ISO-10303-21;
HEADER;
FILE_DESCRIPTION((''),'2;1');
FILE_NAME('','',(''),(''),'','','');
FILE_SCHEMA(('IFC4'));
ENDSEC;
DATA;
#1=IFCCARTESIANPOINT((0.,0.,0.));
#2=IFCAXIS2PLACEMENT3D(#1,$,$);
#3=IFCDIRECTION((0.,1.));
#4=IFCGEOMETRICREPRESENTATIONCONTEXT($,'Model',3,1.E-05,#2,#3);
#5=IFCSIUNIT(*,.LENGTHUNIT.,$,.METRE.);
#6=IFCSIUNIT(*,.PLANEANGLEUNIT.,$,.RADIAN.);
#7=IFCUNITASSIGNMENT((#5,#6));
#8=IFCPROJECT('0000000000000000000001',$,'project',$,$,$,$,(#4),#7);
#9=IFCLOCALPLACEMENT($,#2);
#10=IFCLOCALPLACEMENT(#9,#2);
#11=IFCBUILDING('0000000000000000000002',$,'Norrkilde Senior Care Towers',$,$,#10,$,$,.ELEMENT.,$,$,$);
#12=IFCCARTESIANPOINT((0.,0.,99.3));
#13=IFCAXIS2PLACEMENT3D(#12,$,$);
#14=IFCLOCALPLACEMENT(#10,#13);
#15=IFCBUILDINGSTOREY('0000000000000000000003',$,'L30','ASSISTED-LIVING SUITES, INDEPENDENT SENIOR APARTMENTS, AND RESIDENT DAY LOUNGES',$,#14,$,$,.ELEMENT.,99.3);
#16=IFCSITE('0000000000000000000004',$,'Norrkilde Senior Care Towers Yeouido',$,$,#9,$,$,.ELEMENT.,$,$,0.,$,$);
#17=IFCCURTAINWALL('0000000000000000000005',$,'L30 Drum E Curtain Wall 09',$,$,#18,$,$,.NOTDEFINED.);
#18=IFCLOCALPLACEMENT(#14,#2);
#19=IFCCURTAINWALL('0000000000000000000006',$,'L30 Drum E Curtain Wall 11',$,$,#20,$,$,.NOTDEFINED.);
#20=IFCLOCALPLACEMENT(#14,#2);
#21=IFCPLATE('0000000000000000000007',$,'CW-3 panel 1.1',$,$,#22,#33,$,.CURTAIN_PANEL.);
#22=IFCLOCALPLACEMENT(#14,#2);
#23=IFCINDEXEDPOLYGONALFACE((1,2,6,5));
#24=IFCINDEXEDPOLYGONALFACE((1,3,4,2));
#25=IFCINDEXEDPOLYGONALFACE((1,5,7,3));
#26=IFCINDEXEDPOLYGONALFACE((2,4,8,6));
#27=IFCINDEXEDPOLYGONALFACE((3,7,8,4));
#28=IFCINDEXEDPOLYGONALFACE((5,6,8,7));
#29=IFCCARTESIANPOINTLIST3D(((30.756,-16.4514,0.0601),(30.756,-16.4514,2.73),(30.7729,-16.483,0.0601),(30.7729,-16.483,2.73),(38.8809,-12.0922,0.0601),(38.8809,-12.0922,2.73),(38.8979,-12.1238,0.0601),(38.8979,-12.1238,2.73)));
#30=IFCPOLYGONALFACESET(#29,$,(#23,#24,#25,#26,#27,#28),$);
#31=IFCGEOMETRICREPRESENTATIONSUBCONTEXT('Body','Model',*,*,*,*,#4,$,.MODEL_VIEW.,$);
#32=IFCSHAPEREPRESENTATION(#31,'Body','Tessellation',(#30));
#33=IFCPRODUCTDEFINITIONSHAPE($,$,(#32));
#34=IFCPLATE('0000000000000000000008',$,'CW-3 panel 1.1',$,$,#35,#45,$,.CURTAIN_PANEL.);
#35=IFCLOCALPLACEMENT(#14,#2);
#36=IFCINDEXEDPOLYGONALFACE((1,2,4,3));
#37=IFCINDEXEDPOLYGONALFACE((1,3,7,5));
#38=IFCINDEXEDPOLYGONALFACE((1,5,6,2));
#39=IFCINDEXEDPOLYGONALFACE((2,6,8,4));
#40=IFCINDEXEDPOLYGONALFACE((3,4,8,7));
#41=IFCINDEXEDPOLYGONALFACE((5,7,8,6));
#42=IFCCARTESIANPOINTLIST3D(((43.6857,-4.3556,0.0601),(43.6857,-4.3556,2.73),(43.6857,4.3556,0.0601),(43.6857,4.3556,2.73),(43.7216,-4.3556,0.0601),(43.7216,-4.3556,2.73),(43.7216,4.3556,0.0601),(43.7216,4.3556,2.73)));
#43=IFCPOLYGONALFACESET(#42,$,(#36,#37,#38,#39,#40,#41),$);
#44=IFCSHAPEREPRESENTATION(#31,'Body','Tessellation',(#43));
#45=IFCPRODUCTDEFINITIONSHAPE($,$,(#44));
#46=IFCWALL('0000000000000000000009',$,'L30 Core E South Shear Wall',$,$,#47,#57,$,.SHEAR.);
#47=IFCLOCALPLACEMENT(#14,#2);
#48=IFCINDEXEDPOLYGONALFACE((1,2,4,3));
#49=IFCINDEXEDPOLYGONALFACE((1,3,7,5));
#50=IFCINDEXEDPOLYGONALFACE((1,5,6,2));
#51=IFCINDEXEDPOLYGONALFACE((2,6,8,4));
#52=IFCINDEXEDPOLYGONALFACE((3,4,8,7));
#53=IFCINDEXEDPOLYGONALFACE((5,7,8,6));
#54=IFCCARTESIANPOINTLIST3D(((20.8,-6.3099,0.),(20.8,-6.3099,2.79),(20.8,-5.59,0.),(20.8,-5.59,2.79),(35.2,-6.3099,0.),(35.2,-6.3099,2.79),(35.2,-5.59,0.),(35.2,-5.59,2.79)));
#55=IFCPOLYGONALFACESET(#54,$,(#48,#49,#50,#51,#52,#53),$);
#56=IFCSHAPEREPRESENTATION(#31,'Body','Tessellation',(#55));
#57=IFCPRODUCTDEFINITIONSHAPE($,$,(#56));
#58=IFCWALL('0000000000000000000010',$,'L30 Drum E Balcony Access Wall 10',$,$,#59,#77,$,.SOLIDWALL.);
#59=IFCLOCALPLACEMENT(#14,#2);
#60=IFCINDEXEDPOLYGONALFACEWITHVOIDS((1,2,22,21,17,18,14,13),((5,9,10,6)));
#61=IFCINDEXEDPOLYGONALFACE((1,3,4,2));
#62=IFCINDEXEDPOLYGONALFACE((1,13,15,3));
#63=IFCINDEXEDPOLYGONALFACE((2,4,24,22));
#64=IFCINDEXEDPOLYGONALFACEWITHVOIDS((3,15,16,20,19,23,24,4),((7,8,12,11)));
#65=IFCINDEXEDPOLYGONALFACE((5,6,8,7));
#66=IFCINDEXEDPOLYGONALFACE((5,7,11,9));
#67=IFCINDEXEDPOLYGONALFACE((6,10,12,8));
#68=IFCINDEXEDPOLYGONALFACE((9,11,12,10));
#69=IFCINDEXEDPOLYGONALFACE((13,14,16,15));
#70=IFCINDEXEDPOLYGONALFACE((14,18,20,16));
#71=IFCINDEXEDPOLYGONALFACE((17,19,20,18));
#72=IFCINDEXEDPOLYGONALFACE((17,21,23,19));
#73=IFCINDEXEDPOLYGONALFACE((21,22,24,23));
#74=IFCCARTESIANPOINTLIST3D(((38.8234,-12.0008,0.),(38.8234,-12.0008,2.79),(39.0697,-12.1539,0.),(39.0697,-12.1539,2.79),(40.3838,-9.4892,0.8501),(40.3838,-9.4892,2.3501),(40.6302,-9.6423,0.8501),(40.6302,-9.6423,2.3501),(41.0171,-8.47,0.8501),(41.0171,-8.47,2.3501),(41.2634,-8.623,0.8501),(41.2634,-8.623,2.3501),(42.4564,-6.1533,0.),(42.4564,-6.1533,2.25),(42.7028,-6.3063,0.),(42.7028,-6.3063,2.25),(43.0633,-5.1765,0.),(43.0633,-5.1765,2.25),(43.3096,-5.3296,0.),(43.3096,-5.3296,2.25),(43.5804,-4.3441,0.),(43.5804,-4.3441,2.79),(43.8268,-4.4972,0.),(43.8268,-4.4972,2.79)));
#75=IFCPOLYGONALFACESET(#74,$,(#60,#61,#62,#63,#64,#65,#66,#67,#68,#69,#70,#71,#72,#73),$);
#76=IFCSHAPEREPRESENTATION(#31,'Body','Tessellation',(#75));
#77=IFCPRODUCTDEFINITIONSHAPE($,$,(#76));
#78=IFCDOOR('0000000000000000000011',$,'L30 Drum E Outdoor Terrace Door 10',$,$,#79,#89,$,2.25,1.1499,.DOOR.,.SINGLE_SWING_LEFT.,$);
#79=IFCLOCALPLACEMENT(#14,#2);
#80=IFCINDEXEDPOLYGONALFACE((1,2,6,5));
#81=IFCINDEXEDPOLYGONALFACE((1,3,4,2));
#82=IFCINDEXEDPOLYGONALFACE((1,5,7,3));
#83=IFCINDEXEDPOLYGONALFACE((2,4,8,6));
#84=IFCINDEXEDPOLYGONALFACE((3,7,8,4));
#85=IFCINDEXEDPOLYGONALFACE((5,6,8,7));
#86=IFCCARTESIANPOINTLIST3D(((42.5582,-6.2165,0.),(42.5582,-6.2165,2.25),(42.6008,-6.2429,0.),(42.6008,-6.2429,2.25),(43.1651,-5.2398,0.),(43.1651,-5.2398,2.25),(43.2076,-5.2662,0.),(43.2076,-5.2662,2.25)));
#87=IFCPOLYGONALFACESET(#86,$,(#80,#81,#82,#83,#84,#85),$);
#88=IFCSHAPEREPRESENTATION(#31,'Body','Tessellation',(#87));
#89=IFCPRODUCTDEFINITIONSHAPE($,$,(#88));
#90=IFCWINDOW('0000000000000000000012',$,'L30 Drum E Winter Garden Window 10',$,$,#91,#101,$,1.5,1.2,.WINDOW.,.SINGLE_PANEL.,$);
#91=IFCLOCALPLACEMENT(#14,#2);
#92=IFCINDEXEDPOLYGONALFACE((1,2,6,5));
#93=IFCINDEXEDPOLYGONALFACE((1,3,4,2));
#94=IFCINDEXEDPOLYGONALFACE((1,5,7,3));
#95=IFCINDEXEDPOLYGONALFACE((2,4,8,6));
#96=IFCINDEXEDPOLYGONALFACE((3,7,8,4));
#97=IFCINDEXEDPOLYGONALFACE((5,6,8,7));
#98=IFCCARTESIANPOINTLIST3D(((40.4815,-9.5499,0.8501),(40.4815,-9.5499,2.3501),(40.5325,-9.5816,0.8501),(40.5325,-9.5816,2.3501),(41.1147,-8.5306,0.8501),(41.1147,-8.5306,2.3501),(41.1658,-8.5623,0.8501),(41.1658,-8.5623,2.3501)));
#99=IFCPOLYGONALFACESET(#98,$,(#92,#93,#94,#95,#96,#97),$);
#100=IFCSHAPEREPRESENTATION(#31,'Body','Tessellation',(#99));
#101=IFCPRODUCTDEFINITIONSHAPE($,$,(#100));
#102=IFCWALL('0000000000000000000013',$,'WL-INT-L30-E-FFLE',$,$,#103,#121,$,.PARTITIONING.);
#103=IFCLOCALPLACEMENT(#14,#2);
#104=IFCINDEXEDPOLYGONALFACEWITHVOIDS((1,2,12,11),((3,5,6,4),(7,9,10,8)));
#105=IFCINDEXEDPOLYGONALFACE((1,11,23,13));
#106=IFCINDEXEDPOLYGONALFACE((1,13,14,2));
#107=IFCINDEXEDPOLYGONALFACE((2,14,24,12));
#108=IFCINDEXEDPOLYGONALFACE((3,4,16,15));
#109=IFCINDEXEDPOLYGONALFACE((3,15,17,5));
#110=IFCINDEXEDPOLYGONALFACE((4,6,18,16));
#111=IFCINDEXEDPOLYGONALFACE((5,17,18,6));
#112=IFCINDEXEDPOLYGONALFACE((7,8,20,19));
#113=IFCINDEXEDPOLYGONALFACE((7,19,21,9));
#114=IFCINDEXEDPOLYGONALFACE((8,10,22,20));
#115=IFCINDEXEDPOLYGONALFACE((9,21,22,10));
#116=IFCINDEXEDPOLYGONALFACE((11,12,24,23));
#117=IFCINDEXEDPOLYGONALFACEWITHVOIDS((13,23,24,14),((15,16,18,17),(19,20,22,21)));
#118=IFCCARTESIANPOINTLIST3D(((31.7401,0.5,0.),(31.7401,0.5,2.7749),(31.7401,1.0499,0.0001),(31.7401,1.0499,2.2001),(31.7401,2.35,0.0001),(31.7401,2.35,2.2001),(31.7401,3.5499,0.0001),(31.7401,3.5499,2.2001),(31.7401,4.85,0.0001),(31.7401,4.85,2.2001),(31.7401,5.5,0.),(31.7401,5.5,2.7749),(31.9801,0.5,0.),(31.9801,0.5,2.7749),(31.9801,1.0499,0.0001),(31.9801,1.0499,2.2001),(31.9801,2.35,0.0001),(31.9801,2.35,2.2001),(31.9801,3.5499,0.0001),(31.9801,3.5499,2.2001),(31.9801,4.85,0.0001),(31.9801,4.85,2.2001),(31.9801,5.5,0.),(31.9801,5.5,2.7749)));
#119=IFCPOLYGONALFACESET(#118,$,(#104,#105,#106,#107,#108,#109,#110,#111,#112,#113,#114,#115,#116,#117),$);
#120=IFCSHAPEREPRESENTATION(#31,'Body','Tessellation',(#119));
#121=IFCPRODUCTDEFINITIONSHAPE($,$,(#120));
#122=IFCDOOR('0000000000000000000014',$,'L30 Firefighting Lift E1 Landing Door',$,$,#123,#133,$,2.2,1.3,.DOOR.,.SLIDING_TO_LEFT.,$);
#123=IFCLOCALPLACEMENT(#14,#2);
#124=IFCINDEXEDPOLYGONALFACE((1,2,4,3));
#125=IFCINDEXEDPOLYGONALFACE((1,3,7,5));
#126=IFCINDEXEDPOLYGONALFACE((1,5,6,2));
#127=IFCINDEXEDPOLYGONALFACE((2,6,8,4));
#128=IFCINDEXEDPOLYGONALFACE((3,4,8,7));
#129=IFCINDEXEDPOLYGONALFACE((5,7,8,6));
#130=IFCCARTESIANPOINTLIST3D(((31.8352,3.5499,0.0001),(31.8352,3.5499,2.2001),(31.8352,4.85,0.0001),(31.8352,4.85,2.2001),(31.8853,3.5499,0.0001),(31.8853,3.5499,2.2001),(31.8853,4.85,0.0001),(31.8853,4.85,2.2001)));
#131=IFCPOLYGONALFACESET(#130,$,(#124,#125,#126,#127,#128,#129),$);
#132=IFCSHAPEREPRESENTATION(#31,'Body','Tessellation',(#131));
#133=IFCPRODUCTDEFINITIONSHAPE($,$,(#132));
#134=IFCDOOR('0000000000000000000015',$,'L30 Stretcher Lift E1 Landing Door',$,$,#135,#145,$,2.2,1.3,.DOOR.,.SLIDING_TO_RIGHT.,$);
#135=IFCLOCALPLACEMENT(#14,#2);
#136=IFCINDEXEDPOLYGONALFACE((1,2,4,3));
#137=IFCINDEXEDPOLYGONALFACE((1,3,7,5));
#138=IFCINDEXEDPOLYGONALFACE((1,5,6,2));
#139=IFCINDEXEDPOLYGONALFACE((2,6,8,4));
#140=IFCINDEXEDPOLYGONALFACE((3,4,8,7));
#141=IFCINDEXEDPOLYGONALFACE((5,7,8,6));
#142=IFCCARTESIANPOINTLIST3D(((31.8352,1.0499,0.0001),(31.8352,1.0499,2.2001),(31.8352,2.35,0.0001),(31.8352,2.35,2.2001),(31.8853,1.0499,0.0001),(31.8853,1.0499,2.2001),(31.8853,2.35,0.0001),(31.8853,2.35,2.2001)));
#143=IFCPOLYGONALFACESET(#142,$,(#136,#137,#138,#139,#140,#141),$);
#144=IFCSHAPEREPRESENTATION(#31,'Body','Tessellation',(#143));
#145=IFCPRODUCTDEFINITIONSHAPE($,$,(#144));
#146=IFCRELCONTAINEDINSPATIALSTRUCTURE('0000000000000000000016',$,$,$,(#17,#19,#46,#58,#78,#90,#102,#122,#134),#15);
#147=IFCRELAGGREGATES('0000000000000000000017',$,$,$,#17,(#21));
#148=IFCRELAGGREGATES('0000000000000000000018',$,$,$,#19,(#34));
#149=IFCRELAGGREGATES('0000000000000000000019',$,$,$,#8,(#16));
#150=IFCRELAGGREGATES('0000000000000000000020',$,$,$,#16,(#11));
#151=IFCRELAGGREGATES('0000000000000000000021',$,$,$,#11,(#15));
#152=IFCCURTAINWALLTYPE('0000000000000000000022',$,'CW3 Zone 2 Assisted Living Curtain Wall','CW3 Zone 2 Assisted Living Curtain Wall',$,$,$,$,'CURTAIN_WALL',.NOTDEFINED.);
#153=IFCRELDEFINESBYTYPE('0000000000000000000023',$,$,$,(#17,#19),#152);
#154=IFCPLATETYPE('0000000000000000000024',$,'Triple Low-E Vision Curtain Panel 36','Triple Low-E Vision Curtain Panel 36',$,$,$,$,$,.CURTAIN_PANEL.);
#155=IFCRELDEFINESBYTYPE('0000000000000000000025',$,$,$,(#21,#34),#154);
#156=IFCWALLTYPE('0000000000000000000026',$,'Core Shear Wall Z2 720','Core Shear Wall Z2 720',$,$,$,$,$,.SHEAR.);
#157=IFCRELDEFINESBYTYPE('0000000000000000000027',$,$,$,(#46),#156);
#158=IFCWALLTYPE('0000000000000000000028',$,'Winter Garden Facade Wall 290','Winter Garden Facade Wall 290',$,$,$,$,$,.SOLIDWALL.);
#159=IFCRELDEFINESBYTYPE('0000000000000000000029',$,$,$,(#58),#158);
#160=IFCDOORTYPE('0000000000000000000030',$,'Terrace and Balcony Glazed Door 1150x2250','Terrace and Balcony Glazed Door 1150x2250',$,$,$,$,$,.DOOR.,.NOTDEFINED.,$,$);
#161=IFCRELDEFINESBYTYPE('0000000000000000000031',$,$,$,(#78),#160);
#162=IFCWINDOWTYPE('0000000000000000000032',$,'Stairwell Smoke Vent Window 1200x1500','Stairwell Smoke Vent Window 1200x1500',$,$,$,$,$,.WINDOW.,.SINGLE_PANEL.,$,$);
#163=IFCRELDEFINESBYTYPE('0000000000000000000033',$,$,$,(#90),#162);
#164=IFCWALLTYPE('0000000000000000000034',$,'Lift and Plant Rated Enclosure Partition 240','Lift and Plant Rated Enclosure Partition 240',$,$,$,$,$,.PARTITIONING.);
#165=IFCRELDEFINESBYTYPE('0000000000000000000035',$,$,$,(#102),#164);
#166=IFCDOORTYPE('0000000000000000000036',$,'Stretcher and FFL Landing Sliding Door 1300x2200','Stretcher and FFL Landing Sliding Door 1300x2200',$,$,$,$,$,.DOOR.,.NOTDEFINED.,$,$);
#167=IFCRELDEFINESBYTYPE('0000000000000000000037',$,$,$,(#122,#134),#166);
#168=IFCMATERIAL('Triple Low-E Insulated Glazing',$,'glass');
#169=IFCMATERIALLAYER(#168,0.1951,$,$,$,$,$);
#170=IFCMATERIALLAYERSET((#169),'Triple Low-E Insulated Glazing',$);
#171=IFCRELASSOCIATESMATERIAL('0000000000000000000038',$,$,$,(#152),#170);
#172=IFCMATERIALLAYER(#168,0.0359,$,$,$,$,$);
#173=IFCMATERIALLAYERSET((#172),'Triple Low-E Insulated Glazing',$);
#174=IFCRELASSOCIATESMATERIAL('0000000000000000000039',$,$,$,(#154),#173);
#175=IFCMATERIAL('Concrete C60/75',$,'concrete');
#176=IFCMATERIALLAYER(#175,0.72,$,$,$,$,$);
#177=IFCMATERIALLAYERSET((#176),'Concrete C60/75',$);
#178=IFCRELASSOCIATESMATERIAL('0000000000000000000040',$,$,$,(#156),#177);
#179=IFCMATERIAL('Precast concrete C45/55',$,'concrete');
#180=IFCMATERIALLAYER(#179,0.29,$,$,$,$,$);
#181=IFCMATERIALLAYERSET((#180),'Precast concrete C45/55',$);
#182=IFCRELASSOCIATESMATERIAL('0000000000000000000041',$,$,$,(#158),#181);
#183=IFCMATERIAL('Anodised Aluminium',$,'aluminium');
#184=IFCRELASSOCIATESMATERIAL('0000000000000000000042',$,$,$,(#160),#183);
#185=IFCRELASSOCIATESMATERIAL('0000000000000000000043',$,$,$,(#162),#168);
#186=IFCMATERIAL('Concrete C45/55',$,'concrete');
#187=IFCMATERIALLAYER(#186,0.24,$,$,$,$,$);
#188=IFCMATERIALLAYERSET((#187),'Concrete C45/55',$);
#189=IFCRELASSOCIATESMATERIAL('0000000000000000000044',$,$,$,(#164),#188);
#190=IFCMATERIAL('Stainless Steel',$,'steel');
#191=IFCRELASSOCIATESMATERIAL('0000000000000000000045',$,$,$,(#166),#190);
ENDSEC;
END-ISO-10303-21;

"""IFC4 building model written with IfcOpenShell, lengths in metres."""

from ifc_helpers import new_model, si_unit, direction, frame, frame_2d, origin, origin_2d, place, context, subcontext, project, spatial, rectangle, extrude, source, transform, mapped, material, layer, layer_set, type_object, type_shapes, element, fill, aggregate, save


model = new_model("IFC4")

# Units and contexts
model_context = context("Model", 3, precision=1e-05, world=origin(), true_north=direction((0.0, 1.0)))
body_context = subcontext(model_context, "Body", "Model", "MODEL_VIEW")
ifc_project = project(units=[si_unit("LENGTHUNIT", "METRE"), si_unit("PLANEANGLEUNIT", "RADIAN")], contexts=[model_context])

# Site, building, storey
site_placement = place(None, origin())
site = spatial("IfcSite", under=ifc_project, at=site_placement, Name="Norrkilde Senior Care Towers Yeouido", CompositionType="ELEMENT", RefElevation=0.0)
building_placement = place(site_placement, origin())
building = spatial("IfcBuilding", under=site, at=building_placement, Name="Norrkilde Senior Care Towers", CompositionType="ELEMENT")
storey_placement = place(building_placement, frame((0.0, 0.0, 99.3)))
storey = spatial("IfcBuildingStorey", under=building, at=storey_placement, Name="L30", Description="ASSISTED-LIVING SUITES, INDEPENDENT SENIOR APARTMENTS, AND RESIDENT DAY LOUNGES", CompositionType="ELEMENT", Elevation=99.3)

# Shared definitions
ifc_material_1 = material(Name="Concrete C60/75", Category="concrete")

# Shared definitions
ifc_material_2 = material(Name="Triple Low-E Insulated Glazing", Category="glass")
ifc_layer_1 = layer(ifc_material_2, 0.1951)
ifc_layer_set_1 = layer_set([ifc_layer_1], Name="Triple Low-E Insulated Glazing")
curtain_wall_type = type_object("IfcCurtainWallType", Name="CW3 Zone 2 Assisted Living Curtain Wall", Description="CW3 Zone 2 Assisted Living Curtain Wall", ElementType="CURTAIN_WALL", PredefinedType="NOTDEFINED", material=ifc_layer_set_1)
ifc_material_3 = material(Name="Anodised Aluminium", Category="aluminium")

# Curtain wall
curtain_wall_1_placement = place(storey_placement, origin())
curtain_wall_1 = element("IfcCurtainWall", 1, at=curtain_wall_1_placement, inside=storey, type_object=curtain_wall_type, Name="L30 Drum E Curtain Wall 09", PredefinedType="NOTDEFINED")

# Curtain wall
curtain_wall_2_placement = place(storey_placement, origin())
curtain_wall_2 = element("IfcCurtainWall", 2, at=curtain_wall_2_placement, inside=storey, type_object=curtain_wall_type, Name="L30 Drum E Curtain Wall 11", PredefinedType="NOTDEFINED")

# Plates
ifc_layer_2 = layer(ifc_material_2, 0.0359)
ifc_layer_set_2 = layer_set([ifc_layer_2], Name="Triple Low-E Insulated Glazing")
plate_type = type_object("IfcPlateType", Name="Triple Low-E Vision Curtain Panel 36", Description="Triple Low-E Vision Curtain Panel 36", PredefinedType="CURTAIN_PANEL", material=ifc_layer_set_2)
shared_shape_1 = source(origin(), body_context, "Body", "SweptSolid", [
    extrude(rectangle(XDim=9.2205, YDim=0.0359, at=origin_2d()), origin(), (0.0, 0.0, 1.0), 2.6699),
])
plate_1_placement = place(storey_placement, frame((34.8269, -14.2876, 0.0601), z_axis=(0.0, 0.0, 1.0), x_axis=(-0.881186, -0.472769, 0.0)))
plate_1 = element("IfcPlate", 3, at=plate_1_placement, type_object=plate_type, Name="CW-3 panel 1.1", PredefinedType="CURTAIN_PANEL", context=body_context, shape_type="MappedRepresentation", body=[
    mapped(shared_shape_1, transform((0.0, 0.0, 0.0), x_axis=(1.0, 0.0, 0.0), y_axis=(0.0, 1.0, 0.0), z_axis=(0.0, 0.0, 1.0), scale=1.0)),
])
aggregate(curtain_wall_1, [plate_1])
shared_shape_2 = source(origin(), body_context, "Body", "SweptSolid", [
    extrude(rectangle(XDim=8.7112, YDim=0.0359, at=origin_2d()), origin(), (0.0, 0.0, 1.0), 2.6699),
])
type_shapes(plate_type, [shared_shape_1, shared_shape_2])
plate_2_placement = place(storey_placement, frame((43.7036, 0.0, 0.0601), z_axis=(0.0, 0.0, 1.0), x_axis=(0.0, -1.0, 0.0)))
plate_2 = element("IfcPlate", 4, at=plate_2_placement, type_object=plate_type, Name="CW-3 panel 1.1", PredefinedType="CURTAIN_PANEL", context=body_context, shape_type="MappedRepresentation", body=[
    mapped(shared_shape_2, transform((0.0, 0.0, 0.0), x_axis=(1.0, 0.0, 0.0), y_axis=(0.0, 1.0, 0.0), z_axis=(0.0, 0.0, 1.0), scale=1.0)),
])
aggregate(curtain_wall_2, [plate_2])

# Wall
ifc_layer_3 = layer(ifc_material_1, 0.72)
ifc_layer_set_3 = layer_set([ifc_layer_3], Name="Concrete C60/75")
wall_type_1 = type_object("IfcWallType", Name="Core Shear Wall Z2 720", Description="Core Shear Wall Z2 720", PredefinedType="SHEAR", material=ifc_layer_set_3)
shared_shape_3 = source(origin(), body_context, "Body", "SweptSolid", [
    extrude(rectangle(XDim=14.3999, YDim=0.72, at=frame_2d((7.2, 0.0))), origin(), (0.0, 0.0, 1.0), 2.79),
])
type_shapes(wall_type_1, [shared_shape_3])
wall_1_placement = place(storey_placement, frame((35.2, -5.95, 0.0), z_axis=(0.0, 0.0, 1.0), x_axis=(-1.0, 0.0, 0.0)))
element("IfcWall", 5, at=wall_1_placement, inside=storey, type_object=wall_type_1, Name="L30 Core E South Shear Wall", PredefinedType="SHEAR", context=body_context, shape_type="MappedRepresentation", body=[
    mapped(shared_shape_3, transform((0.0, 0.0, 0.0), x_axis=(1.0, 0.0, 0.0), y_axis=(0.0, 1.0, 0.0), z_axis=(0.0, 0.0, 1.0), scale=1.0)),
])

# Wall, openings, door, window
ifc_material_4 = material(Name="Precast concrete C45/55", Category="concrete")
ifc_layer_4 = layer(ifc_material_4, 0.29)
ifc_layer_set_4 = layer_set([ifc_layer_4], Name="Precast concrete C45/55")
wall_type_2 = type_object("IfcWallType", Name="Winter Garden Facade Wall 290", Description="Winter Garden Facade Wall 290", PredefinedType="SOLIDWALL", material=ifc_layer_set_4)
shared_shape_4 = source(origin(), body_context, "Body", "SweptSolid", [
    extrude(rectangle(XDim=9.0142, YDim=0.29, at=frame_2d((4.5071, 0.0))), origin(), (0.0, 0.0, 1.0), 2.79),
])
type_shapes(wall_type_2, [shared_shape_4])
wall_2_placement = place(storey_placement, frame((43.7036, -4.4207, 0.0), z_axis=(0.0, 0.0, 1.0), x_axis=(-0.527733, -0.84941, 0.0)))
wall_2 = element("IfcWall", 6, at=wall_2_placement, inside=storey, type_object=wall_type_2, Name="L30 Drum E Balcony Access Wall 10", PredefinedType="SOLIDWALL", context=body_context, shape_type="MappedRepresentation", body=[
    mapped(shared_shape_4, transform((0.0, 0.0, 0.0), x_axis=(1.0, 0.0, 0.0), y_axis=(0.0, 1.0, 0.0), z_axis=(0.0, 0.0, 1.0), scale=1.0)),
])
opening_1_placement = place(wall_2_placement, frame((0.98, 0.0, 0.0)))
opening_1 = element("IfcOpeningElement", 7, at=opening_1_placement, cuts=wall_2, PredefinedType="OPENING", context=body_context, shape_type="SweptSolid", body=[
    extrude(rectangle(XDim=1.1499, YDim=2.25, at=frame_2d((0.575, 1.125))), frame((0.0, 0.155, 0.0), z_axis=(0.0, -1.0, 0.0), x_axis=(1.0, 0.0, 0.0)), (0.0, 0.0, 1.0), 0.3101),
])
opening_2_placement = place(wall_2_placement, frame((4.8572, 0.0, 0.8501)))
opening_2 = element("IfcOpeningElement", 8, at=opening_2_placement, cuts=wall_2, PredefinedType="OPENING", context=body_context, shape_type="SweptSolid", body=[
    extrude(rectangle(XDim=1.2, YDim=1.5, at=frame_2d((0.6001, 0.75))), frame((0.0, 0.155, 0.0), z_axis=(0.0, -1.0, 0.0), x_axis=(1.0, 0.0, 0.0)), (0.0, 0.0, 1.0), 0.3101),
])
door_type_1 = type_object("IfcDoorType", Name="Terrace and Balcony Glazed Door 1150x2250", Description="Terrace and Balcony Glazed Door 1150x2250", OperationType="NOTDEFINED", PredefinedType="DOOR", material=ifc_material_3)
shared_shape_5 = source(origin(), body_context, "Body", "SweptSolid", [
    extrude(rectangle(XDim=1.1499, YDim=2.25, at=frame_2d((0.575, 1.125))), frame((0.0, 0.0249, 0.0), z_axis=(0.0, -1.0, 0.0), x_axis=(1.0, 0.0, 0.0)), (0.0, 0.0, 1.0), 0.05),
])
type_shapes(door_type_1, [shared_shape_5])
door_1_placement = place(opening_1_placement, origin())
door_1 = element("IfcDoor", 9, at=door_1_placement, inside=storey, type_object=door_type_1, Name="L30 Drum E Outdoor Terrace Door 10", OperationType="SINGLE_SWING_LEFT", OverallHeight=2.25, OverallWidth=1.1499, PredefinedType="DOOR", context=body_context, shape_type="MappedRepresentation", body=[
    mapped(shared_shape_5, transform((0.0, 0.0, 0.0), x_axis=(1.0, 0.0, 0.0), y_axis=(0.0, 1.0, 0.0), z_axis=(0.0, 0.0, 1.0), scale=1.0)),
])
fill(opening_1, door_1)
window_type = type_object("IfcWindowType", Name="Stairwell Smoke Vent Window 1200x1500", Description="Stairwell Smoke Vent Window 1200x1500", PartitioningType="SINGLE_PANEL", PredefinedType="WINDOW", material=ifc_material_2)
shared_shape_6 = source(origin(), body_context, "Body", "SweptSolid", [
    extrude(rectangle(XDim=1.2, YDim=1.5, at=frame_2d((0.6001, 0.75))), frame((0.0, 0.03, 0.0), z_axis=(0.0, -1.0, 0.0), x_axis=(1.0, 0.0, 0.0)), (0.0, 0.0, 1.0), 0.0601),
])
type_shapes(window_type, [shared_shape_6])
window_placement = place(opening_2_placement, origin())
window = element("IfcWindow", 10, at=window_placement, inside=storey, type_object=window_type, Name="L30 Drum E Winter Garden Window 10", OverallHeight=1.5, OverallWidth=1.2, PartitioningType="SINGLE_PANEL", PredefinedType="WINDOW", context=body_context, shape_type="MappedRepresentation", body=[
    mapped(shared_shape_6, transform((0.0, 0.0, 0.0), x_axis=(1.0, 0.0, 0.0), y_axis=(0.0, 1.0, 0.0), z_axis=(0.0, 0.0, 1.0), scale=1.0)),
])
fill(opening_2, window)

# Wall, openings, doors
ifc_material_5 = material(Name="Concrete C45/55", Category="concrete")
ifc_layer_5 = layer(ifc_material_5, 0.24)
ifc_layer_set_5 = layer_set([ifc_layer_5], Name="Concrete C45/55")
wall_type_3 = type_object("IfcWallType", Name="Lift and Plant Rated Enclosure Partition 240", Description="Lift and Plant Rated Enclosure Partition 240", PredefinedType="PARTITIONING", material=ifc_layer_set_5)
shared_shape_7 = source(origin(), body_context, "Body", "SweptSolid", [
    extrude(rectangle(XDim=5.0, YDim=0.24, at=frame_2d((2.5, 0.0))), origin(), (0.0, 0.0, 1.0), 2.7749),
])
type_shapes(wall_type_3, [shared_shape_7])
wall_3_placement = place(storey_placement, frame((31.8601, 0.5, 0.0), z_axis=(0.0, 0.0, 1.0), x_axis=(0.0, 1.0, 0.0)))
wall_3 = element("IfcWall", 11, at=wall_3_placement, inside=storey, type_object=wall_type_3, Name="WL-INT-L30-E-FFLE", PredefinedType="PARTITIONING", context=body_context, shape_type="MappedRepresentation", body=[
    mapped(shared_shape_7, transform((0.0, 0.0, 0.0), x_axis=(1.0, 0.0, 0.0), y_axis=(0.0, 1.0, 0.0), z_axis=(0.0, 0.0, 1.0), scale=1.0)),
])
opening_3_placement = place(wall_3_placement, frame((3.05, 0.0, 0.0)))
opening_3 = element("IfcOpeningElement", 12, at=opening_3_placement, cuts=wall_3, PredefinedType="OPENING", context=body_context, shape_type="SweptSolid", body=[
    extrude(rectangle(XDim=1.3, YDim=2.2, at=frame_2d((0.6499, 1.1001))), frame((0.0, 0.1299, 0.0), z_axis=(0.0, -1.0, 0.0), x_axis=(1.0, 0.0, 0.0)), (0.0, 0.0, 1.0), 0.26),
])
opening_4_placement = place(wall_3_placement, frame((0.55, 0.0, 0.0)))
opening_4 = element("IfcOpeningElement", 13, at=opening_4_placement, cuts=wall_3, PredefinedType="OPENING", context=body_context, shape_type="SweptSolid", body=[
    extrude(rectangle(XDim=1.3, YDim=2.2, at=frame_2d((0.6499, 1.1001))), frame((0.0, 0.1299, 0.0), z_axis=(0.0, -1.0, 0.0), x_axis=(1.0, 0.0, 0.0)), (0.0, 0.0, 1.0), 0.26),
])
ifc_material_6 = material(Name="Stainless Steel", Category="steel")
door_type_2 = type_object("IfcDoorType", Name="Stretcher and FFL Landing Sliding Door 1300x2200", Description="Stretcher and FFL Landing Sliding Door 1300x2200", OperationType="NOTDEFINED", PredefinedType="DOOR", material=ifc_material_6)
shared_shape_8 = source(origin(), body_context, "Body", "SweptSolid", [
    extrude(rectangle(XDim=1.3, YDim=2.2, at=frame_2d((0.6499, 1.1001))), frame((0.0, 0.0249, 0.0), z_axis=(0.0, -1.0, 0.0), x_axis=(1.0, 0.0, 0.0)), (0.0, 0.0, 1.0), 0.05),
])
type_shapes(door_type_2, [shared_shape_8])
door_2_placement = place(opening_3_placement, origin())
door_2 = element("IfcDoor", 14, at=door_2_placement, inside=storey, type_object=door_type_2, Name="L30 Firefighting Lift E1 Landing Door", OperationType="SLIDING_TO_LEFT", OverallHeight=2.2, OverallWidth=1.3, PredefinedType="DOOR", context=body_context, shape_type="MappedRepresentation", body=[
    mapped(shared_shape_8, transform((0.0, 0.0, 0.0), x_axis=(1.0, 0.0, 0.0), y_axis=(0.0, 1.0, 0.0), z_axis=(0.0, 0.0, 1.0), scale=1.0)),
])
fill(opening_3, door_2)
door_3_placement = place(opening_4_placement, origin())
door_3 = element("IfcDoor", 15, at=door_3_placement, inside=storey, type_object=door_type_2, Name="L30 Stretcher Lift E1 Landing Door", OperationType="SLIDING_TO_RIGHT", OverallHeight=2.2, OverallWidth=1.3, PredefinedType="DOOR", context=body_context, shape_type="MappedRepresentation", body=[
    mapped(shared_shape_8, transform((0.0, 0.0, 0.0), x_axis=(1.0, 0.0, 0.0), y_axis=(0.0, 1.0, 0.0), z_axis=(0.0, 0.0, 1.0), scale=1.0)),
])
fill(opening_4, door_3)

save(model, "model.ifc")
